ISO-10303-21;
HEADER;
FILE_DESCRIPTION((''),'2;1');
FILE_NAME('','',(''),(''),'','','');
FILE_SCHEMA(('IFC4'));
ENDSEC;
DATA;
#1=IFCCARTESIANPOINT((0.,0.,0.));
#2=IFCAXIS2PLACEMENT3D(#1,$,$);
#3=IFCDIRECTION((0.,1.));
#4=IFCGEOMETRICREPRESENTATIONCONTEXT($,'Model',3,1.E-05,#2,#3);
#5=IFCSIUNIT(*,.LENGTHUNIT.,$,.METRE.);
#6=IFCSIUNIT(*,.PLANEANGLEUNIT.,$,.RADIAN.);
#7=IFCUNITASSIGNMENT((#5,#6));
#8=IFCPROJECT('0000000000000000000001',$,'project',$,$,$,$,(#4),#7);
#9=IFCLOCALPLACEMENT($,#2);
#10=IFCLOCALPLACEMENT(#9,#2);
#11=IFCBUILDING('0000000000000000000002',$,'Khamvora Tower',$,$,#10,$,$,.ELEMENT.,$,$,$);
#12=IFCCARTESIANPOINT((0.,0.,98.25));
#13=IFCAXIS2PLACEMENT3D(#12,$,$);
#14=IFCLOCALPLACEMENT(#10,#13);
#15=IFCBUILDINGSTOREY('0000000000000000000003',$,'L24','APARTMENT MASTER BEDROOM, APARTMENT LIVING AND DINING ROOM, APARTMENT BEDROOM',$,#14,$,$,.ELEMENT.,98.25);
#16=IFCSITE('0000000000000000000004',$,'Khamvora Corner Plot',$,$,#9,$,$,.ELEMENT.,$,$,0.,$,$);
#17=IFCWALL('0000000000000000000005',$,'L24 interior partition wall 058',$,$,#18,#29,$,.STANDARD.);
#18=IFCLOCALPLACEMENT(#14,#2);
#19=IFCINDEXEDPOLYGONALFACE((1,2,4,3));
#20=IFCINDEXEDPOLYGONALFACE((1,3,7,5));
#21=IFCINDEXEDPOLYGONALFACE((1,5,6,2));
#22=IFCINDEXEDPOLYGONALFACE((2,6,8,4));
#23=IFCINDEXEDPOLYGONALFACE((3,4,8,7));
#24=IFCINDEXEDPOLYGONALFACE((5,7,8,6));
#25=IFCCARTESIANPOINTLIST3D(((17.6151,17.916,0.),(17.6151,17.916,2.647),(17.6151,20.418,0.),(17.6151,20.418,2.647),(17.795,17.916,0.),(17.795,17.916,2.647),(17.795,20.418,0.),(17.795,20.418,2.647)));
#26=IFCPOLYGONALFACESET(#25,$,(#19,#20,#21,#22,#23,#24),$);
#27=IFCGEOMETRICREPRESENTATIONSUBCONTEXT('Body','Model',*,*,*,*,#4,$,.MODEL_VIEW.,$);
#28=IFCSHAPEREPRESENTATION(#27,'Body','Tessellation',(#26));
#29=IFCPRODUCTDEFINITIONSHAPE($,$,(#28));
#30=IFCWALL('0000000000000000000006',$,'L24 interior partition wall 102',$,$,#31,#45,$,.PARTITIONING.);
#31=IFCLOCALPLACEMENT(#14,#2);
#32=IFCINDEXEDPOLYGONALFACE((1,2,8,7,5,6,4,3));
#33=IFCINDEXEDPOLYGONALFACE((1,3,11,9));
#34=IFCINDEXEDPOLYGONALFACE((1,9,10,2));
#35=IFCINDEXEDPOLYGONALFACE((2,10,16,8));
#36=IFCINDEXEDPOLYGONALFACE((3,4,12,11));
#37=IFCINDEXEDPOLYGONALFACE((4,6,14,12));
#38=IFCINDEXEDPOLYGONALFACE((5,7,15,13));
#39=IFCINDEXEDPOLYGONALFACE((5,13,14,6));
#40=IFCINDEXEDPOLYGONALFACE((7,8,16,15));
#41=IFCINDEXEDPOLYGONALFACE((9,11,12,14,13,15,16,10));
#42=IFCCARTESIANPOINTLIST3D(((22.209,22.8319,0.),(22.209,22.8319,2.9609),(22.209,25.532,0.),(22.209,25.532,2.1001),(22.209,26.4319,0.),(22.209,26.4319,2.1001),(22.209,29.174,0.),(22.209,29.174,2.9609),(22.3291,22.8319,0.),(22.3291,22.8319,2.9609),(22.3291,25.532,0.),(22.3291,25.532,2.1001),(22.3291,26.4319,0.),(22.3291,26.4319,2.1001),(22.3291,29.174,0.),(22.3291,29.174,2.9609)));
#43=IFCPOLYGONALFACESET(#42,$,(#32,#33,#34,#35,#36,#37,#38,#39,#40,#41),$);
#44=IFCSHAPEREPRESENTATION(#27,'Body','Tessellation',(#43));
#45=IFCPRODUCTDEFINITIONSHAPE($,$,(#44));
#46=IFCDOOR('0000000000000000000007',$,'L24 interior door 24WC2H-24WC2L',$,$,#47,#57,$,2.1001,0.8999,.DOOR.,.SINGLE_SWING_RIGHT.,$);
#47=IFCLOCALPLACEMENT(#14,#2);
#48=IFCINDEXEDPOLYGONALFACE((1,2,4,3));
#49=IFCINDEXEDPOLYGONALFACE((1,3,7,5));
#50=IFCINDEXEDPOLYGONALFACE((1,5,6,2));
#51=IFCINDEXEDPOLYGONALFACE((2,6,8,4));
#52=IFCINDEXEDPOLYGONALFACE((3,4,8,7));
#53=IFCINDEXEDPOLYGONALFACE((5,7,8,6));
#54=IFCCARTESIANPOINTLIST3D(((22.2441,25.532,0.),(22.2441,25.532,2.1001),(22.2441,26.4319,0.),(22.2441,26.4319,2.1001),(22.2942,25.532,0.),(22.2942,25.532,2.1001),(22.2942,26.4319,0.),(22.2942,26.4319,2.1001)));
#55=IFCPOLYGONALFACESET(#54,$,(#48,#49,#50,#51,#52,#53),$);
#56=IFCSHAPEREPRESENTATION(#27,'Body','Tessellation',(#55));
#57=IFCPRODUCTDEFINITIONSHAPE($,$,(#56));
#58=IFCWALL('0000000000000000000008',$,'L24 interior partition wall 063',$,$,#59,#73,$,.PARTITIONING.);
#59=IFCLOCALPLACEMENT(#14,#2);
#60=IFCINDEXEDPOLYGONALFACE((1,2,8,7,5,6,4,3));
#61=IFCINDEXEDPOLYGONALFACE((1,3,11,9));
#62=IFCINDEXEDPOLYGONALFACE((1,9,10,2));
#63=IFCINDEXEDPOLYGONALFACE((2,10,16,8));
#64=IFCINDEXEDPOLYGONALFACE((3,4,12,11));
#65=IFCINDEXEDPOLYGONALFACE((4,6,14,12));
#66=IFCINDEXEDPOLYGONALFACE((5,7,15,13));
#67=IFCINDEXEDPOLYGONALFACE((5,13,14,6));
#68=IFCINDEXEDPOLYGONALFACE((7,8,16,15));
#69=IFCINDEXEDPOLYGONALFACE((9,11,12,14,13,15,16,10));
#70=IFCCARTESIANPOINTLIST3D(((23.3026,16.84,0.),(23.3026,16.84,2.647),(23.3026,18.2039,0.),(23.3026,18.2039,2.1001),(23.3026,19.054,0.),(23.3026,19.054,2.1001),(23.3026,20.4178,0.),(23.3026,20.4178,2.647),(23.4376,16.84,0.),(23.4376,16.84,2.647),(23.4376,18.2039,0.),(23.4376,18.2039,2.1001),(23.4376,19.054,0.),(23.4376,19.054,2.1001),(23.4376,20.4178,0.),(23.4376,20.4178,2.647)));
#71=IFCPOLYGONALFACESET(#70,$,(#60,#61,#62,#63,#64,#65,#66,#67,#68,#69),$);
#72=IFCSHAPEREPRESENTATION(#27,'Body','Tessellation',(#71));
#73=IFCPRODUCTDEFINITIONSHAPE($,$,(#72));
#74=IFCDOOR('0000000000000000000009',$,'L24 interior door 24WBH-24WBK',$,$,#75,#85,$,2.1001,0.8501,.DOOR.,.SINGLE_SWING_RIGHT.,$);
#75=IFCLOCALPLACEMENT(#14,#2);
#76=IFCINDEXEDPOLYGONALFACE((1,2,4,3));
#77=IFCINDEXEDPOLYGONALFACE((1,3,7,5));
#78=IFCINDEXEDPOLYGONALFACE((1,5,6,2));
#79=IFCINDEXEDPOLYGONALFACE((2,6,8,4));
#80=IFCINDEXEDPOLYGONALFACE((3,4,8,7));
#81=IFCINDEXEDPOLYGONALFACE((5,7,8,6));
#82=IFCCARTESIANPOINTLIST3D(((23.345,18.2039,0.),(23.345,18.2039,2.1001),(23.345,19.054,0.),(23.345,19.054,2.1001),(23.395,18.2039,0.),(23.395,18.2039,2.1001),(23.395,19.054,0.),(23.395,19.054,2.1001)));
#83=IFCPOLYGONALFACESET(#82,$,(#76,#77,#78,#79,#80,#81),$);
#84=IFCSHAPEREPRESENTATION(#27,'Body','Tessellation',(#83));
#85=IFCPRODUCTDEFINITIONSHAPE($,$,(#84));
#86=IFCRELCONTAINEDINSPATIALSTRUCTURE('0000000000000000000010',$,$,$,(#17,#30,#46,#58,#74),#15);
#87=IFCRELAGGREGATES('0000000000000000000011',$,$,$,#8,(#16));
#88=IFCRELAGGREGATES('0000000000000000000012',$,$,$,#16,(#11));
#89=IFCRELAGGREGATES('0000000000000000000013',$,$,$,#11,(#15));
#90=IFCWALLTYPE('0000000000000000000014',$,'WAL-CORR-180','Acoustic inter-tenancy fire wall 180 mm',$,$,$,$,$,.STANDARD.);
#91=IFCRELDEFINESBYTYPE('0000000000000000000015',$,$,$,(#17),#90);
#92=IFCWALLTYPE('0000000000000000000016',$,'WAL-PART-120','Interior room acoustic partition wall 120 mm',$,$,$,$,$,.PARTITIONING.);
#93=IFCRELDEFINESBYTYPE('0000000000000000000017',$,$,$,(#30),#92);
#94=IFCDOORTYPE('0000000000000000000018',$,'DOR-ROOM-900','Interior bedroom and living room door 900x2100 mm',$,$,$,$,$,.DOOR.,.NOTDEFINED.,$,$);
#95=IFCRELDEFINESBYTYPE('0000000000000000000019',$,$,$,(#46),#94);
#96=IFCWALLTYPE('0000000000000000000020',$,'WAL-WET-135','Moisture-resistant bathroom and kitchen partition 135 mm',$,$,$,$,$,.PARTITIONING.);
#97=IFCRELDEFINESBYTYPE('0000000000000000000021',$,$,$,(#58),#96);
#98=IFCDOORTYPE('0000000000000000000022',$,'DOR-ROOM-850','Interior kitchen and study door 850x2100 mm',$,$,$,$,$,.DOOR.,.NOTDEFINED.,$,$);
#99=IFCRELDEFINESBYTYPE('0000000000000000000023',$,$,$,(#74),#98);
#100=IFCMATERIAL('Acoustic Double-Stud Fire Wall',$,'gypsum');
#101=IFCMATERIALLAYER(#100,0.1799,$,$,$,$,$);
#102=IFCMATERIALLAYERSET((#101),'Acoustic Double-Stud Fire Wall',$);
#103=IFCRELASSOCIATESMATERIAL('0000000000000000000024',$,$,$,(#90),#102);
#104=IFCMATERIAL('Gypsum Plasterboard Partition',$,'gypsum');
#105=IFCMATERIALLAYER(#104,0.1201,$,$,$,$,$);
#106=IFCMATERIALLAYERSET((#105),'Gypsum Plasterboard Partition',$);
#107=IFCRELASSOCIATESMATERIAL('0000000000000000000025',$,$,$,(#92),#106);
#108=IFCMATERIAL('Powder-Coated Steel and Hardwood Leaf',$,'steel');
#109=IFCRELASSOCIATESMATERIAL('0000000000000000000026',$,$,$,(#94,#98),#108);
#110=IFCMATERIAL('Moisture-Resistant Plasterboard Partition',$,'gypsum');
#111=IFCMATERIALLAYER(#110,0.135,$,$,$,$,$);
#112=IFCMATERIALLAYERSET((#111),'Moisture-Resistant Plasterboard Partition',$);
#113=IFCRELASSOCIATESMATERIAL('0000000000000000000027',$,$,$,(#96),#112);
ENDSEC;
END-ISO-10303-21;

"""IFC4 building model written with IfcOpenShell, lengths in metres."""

from ifc_helpers import new_model, si_unit, direction, frame, frame_2d, origin, place, context, subcontext, project, spatial, rectangle, extrude, material, layer, layer_set, type_object, element, fill, save


model = new_model("IFC4")

# Units and contexts
model_context = context("Model", 3, precision=1e-05, world=origin(), true_north=direction((0.0, 1.0)))
body_context = subcontext(model_context, "Body", "Model", "MODEL_VIEW")
ifc_project = project(units=[si_unit("LENGTHUNIT", "METRE"), si_unit("PLANEANGLEUNIT", "RADIAN")], contexts=[model_context])

# Site, building, storey
site_placement = place(None, origin())
site = spatial("IfcSite", under=ifc_project, at=site_placement, Name="Khamvora Corner Plot", CompositionType="ELEMENT", RefElevation=0.0)
building_placement = place(site_placement, origin())
building = spatial("IfcBuilding", under=site, at=building_placement, Name="Khamvora Tower", CompositionType="ELEMENT")
storey_placement = place(building_placement, frame((0.0, 0.0, 98.25)))
storey = spatial("IfcBuildingStorey", under=building, at=storey_placement, Name="L24", Description="APARTMENT MASTER BEDROOM, APARTMENT LIVING AND DINING ROOM, APARTMENT BEDROOM", CompositionType="ELEMENT", Elevation=98.25)

# Shared definitions
ifc_material_1 = material(Name="Powder-Coated Steel and Hardwood Leaf", Category="steel")

# Wall
ifc_material_2 = material(Name="Acoustic Double-Stud Fire Wall", Category="gypsum")
ifc_layer_1 = layer(ifc_material_2, 0.1799)
ifc_layer_set_1 = layer_set([ifc_layer_1], Name="Acoustic Double-Stud Fire Wall")
wall_type_1 = type_object("IfcWallType", Name="WAL-CORR-180", Description="Acoustic inter-tenancy fire wall 180 mm", PredefinedType="STANDARD", material=ifc_layer_set_1)
wall_1_placement = place(storey_placement, frame((17.7051, 20.418, 0.0), z_axis=(0.0, 0.0, 1.0), x_axis=(0.0, -1.0, 0.0)))
element("IfcWall", 1, at=wall_1_placement, inside=storey, type_object=wall_type_1, Name="L24 interior partition wall 058", PredefinedType="STANDARD", context=body_context, shape_type="SweptSolid", body=[
    extrude(rectangle(XDim=2.502, YDim=0.1799, at=frame_2d((1.251, 0.0))), origin(), (0.0, 0.0, 1.0), 2.647),
])

# Walls, openings, doors
ifc_material_3 = material(Name="Gypsum Plasterboard Partition", Category="gypsum")
ifc_layer_2 = layer(ifc_material_3, 0.1201)
ifc_layer_set_2 = layer_set([ifc_layer_2], Name="Gypsum Plasterboard Partition")
wall_type_2 = type_object("IfcWallType", Name="WAL-PART-120", Description="Interior room acoustic partition wall 120 mm", PredefinedType="PARTITIONING", material=ifc_layer_set_2)
wall_2_placement = place(storey_placement, frame((22.269, 22.832, 0.0), z_axis=(0.0, 0.0, 1.0), x_axis=(0.0, 1.0, 0.0)))
wall_2 = element("IfcWall", 2, at=wall_2_placement, inside=storey, type_object=wall_type_2, Name="L24 interior partition wall 102", PredefinedType="PARTITIONING", context=body_context, shape_type="SweptSolid", body=[
    extrude(rectangle(XDim=6.342, YDim=0.1201, at=frame_2d((3.1709, 0.0))), origin(), (0.0, 0.0, 1.0), 2.9609),
])
opening_1_placement = place(wall_2_placement, frame((2.7, 0.0, 0.0)))
opening_1 = element("IfcOpeningElement", 3, at=opening_1_placement, cuts=wall_2, PredefinedType="OPENING", context=body_context, shape_type="SweptSolid", body=[
    extrude(rectangle(XDim=0.8999, YDim=2.1001, at=frame_2d((0.45, 1.05))), frame((0.0, 0.0701, 0.0), z_axis=(0.0, -1.0, 0.0), x_axis=(1.0, 0.0, 0.0)), (0.0, 0.0, 1.0), 0.1401),
])
door_type_1 = type_object("IfcDoorType", Name="DOR-ROOM-900", Description="Interior bedroom and living room door 900x2100 mm", OperationType="NOTDEFINED", PredefinedType="DOOR", material=ifc_material_1)
door_1_placement = place(opening_1_placement, origin())
door_1 = element("IfcDoor", 4, at=door_1_placement, inside=storey, type_object=door_type_1, Name="L24 interior door 24WC2H-24WC2L", OperationType="SINGLE_SWING_RIGHT", OverallHeight=2.1001, OverallWidth=0.8999, PredefinedType="DOOR", context=body_context, shape_type="SweptSolid", body=[
    extrude(rectangle(XDim=0.8999, YDim=2.1001, at=frame_2d((0.45, 1.05))), frame((0.0, 0.0249, 0.0), z_axis=(0.0, -1.0, 0.0), x_axis=(1.0, 0.0, 0.0)), (0.0, 0.0, 1.0), 0.05),
])
fill(opening_1, door_1)
ifc_material_4 = material(Name="Moisture-Resistant Plasterboard Partition", Category="gypsum")
ifc_layer_3 = layer(ifc_material_4, 0.135)
ifc_layer_set_3 = layer_set([ifc_layer_3], Name="Moisture-Resistant Plasterboard Partition")
wall_type_3 = type_object("IfcWallType", Name="WAL-WET-135", Description="Moisture-resistant bathroom and kitchen partition 135 mm", PredefinedType="PARTITIONING", material=ifc_layer_set_3)
wall_3_placement = place(storey_placement, frame((23.3701, 20.418, 0.0), z_axis=(0.0, 0.0, 1.0), x_axis=(0.0, -1.0, 0.0)))
wall_3 = element("IfcWall", 5, at=wall_3_placement, inside=storey, type_object=wall_type_3, Name="L24 interior partition wall 063", PredefinedType="PARTITIONING", context=body_context, shape_type="SweptSolid", body=[
    extrude(rectangle(XDim=3.5779, YDim=0.135, at=frame_2d((1.7891, 0.0))), origin(), (0.0, 0.0, 1.0), 2.647),
])
opening_2_placement = place(wall_3_placement, frame((1.364, 0.0, 0.0)))
opening_2 = element("IfcOpeningElement", 6, at=opening_2_placement, cuts=wall_3, PredefinedType="OPENING", context=body_context, shape_type="SweptSolid", body=[
    extrude(rectangle(XDim=0.8501, YDim=2.1001, at=frame_2d((0.425, 1.05))), frame((0.0, 0.0774, 0.0), z_axis=(0.0, -1.0, 0.0), x_axis=(1.0, 0.0, 0.0)), (0.0, 0.0, 1.0), 0.155),
])
door_type_2 = type_object("IfcDoorType", Name="DOR-ROOM-850", Description="Interior kitchen and study door 850x2100 mm", OperationType="NOTDEFINED", PredefinedType="DOOR", material=ifc_material_1)
door_2_placement = place(opening_2_placement, origin())
door_2 = element("IfcDoor", 7, at=door_2_placement, inside=storey, type_object=door_type_2, Name="L24 interior door 24WBH-24WBK", OperationType="SINGLE_SWING_RIGHT", OverallHeight=2.1001, OverallWidth=0.8501, PredefinedType="DOOR", context=body_context, shape_type="SweptSolid", body=[
    extrude(rectangle(XDim=0.8501, YDim=2.1001, at=frame_2d((0.425, 1.05))), frame((0.0, 0.0249, 0.0), z_axis=(0.0, -1.0, 0.0), x_axis=(1.0, 0.0, 0.0)), (0.0, 0.0, 1.0), 0.05),
])
fill(opening_2, door_2)

save(model, "model.ifc")
